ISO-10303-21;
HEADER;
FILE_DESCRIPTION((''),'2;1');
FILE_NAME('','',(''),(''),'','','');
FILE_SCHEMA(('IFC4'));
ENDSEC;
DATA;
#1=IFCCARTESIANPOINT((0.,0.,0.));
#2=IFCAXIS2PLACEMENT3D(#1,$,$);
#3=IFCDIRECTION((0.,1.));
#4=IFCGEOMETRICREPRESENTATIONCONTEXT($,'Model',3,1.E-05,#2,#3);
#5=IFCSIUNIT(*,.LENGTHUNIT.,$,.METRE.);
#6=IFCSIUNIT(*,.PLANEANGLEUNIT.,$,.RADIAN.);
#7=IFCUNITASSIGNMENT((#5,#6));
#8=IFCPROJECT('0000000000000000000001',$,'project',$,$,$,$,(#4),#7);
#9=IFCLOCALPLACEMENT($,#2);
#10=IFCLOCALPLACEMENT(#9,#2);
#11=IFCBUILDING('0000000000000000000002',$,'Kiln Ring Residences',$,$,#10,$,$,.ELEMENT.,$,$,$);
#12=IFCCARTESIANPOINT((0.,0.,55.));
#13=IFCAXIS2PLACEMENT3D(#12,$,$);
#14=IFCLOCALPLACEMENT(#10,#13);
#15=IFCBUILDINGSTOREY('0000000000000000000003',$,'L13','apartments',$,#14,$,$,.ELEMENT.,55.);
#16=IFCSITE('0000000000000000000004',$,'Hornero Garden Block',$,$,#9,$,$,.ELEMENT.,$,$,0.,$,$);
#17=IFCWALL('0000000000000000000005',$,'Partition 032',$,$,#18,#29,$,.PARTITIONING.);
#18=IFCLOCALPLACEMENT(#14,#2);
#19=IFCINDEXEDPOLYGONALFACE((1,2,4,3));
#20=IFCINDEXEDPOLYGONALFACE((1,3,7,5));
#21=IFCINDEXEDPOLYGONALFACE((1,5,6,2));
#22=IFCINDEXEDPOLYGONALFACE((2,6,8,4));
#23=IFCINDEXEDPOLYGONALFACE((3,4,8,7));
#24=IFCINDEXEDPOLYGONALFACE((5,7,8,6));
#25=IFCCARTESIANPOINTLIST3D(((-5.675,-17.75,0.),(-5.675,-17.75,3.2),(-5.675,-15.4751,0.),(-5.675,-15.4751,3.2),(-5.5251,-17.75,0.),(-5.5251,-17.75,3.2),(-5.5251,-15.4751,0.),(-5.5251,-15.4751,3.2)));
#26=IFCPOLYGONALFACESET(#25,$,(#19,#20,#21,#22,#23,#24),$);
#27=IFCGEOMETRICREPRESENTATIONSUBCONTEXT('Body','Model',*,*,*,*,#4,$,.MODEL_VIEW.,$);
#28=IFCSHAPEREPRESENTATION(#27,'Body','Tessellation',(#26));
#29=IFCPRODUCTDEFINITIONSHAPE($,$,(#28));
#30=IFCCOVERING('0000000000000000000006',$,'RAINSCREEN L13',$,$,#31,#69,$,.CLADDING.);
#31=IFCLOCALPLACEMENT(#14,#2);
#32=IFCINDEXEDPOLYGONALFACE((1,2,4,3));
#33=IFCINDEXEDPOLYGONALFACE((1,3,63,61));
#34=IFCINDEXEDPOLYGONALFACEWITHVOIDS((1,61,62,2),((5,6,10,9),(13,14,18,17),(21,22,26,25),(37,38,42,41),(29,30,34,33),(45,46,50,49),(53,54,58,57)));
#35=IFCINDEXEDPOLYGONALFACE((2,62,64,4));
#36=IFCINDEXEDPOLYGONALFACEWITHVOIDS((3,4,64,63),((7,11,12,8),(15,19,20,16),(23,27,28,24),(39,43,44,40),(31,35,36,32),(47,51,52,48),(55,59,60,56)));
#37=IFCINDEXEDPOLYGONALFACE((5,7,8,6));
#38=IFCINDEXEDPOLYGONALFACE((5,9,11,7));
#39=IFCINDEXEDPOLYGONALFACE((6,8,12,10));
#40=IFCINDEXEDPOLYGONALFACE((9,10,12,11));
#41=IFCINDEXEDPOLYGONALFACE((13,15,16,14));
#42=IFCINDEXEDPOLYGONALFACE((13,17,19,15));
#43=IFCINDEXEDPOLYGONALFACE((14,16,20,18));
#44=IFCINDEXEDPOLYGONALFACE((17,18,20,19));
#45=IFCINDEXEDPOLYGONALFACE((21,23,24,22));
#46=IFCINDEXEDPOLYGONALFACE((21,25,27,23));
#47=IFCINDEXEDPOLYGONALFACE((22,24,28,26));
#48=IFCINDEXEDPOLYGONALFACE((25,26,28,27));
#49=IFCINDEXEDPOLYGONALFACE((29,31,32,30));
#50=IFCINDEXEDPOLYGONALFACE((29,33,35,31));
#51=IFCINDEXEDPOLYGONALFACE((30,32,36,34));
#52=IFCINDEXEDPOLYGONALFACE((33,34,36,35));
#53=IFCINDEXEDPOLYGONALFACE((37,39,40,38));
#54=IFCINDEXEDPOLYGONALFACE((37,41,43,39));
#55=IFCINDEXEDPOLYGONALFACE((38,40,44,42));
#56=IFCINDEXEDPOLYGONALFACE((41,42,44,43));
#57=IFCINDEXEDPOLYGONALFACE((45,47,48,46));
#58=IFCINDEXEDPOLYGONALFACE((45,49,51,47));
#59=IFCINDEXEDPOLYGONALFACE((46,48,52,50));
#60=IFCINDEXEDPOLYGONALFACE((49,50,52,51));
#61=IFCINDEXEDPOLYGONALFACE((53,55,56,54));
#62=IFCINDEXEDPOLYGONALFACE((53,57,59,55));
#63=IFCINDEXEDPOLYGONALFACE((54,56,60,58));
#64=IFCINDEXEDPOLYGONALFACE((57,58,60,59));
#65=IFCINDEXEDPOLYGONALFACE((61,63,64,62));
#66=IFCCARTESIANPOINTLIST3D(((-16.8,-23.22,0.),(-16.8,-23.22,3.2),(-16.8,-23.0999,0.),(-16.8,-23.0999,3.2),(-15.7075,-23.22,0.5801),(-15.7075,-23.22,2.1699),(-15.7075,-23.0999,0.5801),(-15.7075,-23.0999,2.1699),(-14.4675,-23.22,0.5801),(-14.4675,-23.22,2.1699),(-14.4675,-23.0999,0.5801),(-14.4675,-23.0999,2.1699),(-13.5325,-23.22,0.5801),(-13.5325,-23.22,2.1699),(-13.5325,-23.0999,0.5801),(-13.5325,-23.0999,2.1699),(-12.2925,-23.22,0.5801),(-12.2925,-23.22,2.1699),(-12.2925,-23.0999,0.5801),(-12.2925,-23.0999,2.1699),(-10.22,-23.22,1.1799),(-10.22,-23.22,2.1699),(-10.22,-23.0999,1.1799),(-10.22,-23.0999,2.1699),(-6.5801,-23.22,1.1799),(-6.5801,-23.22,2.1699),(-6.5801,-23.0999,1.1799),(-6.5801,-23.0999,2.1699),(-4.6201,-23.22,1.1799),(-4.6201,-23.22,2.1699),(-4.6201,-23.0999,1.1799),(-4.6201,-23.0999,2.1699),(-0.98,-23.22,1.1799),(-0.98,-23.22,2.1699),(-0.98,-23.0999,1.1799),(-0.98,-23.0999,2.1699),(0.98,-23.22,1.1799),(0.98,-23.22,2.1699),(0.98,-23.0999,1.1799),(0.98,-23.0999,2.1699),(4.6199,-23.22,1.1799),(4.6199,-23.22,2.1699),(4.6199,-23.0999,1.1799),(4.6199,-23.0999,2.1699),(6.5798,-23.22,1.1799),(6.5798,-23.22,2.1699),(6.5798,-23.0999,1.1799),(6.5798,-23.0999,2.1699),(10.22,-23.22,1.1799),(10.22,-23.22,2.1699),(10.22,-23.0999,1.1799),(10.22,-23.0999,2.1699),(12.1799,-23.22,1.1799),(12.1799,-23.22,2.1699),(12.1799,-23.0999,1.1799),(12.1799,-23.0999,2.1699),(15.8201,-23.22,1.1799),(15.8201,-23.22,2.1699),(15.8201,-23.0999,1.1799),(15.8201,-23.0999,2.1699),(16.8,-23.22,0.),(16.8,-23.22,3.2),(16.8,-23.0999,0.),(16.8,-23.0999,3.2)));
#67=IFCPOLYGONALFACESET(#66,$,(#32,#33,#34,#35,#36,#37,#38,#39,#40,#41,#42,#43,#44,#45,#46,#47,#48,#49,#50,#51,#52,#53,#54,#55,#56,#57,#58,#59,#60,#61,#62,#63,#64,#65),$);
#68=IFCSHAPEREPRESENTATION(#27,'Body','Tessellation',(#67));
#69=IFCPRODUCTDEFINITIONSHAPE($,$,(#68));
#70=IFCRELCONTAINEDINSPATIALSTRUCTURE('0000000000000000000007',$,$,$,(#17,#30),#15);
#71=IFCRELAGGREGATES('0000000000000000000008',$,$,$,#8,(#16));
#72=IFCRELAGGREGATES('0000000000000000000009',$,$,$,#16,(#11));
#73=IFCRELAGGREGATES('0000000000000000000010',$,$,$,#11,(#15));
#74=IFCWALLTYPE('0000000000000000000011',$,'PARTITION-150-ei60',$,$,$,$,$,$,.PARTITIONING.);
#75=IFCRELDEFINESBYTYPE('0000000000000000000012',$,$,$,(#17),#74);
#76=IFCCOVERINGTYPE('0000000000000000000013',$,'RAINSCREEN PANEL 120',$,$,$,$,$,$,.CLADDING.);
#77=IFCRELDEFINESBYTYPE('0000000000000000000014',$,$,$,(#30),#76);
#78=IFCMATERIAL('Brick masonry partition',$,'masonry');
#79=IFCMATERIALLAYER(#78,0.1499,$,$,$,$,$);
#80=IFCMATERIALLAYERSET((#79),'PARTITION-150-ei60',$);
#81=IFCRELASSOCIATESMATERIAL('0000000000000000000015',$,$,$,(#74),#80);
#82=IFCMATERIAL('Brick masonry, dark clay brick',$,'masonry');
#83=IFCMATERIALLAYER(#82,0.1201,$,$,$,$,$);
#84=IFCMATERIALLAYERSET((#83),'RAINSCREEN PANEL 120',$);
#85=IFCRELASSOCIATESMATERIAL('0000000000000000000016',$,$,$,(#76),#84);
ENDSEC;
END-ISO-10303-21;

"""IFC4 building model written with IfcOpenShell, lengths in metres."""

from ifc_helpers import new_model, si_unit, direction, frame, frame_2d, origin, place, context, subcontext, project, spatial, polyline, rectangle, outline, extrude, material, layer, layer_set, type_object, element, save


model = new_model("IFC4")

# Units and contexts
model_context = context("Model", 3, precision=1e-05, world=origin(), true_north=direction((0.0, 1.0)))
body_context = subcontext(model_context, "Body", "Model", "MODEL_VIEW")
ifc_project = project(units=[si_unit("LENGTHUNIT", "METRE"), si_unit("PLANEANGLEUNIT", "RADIAN")], contexts=[model_context])

# Site, building, storey
site_placement = place(None, origin())
site = spatial("IfcSite", under=ifc_project, at=site_placement, Name="Hornero Garden Block", CompositionType="ELEMENT", RefElevation=0.0)
building_placement = place(site_placement, origin())
building = spatial("IfcBuilding", under=site, at=building_placement, Name="Kiln Ring Residences", CompositionType="ELEMENT")
storey_placement = place(building_placement, frame((0.0, 0.0, 55.0)))
storey = spatial("IfcBuildingStorey", under=building, at=storey_placement, Name="L13", Description="apartments", CompositionType="ELEMENT", Elevation=55.0)

# Wall
ifc_material_1 = material(Name="Brick masonry partition", Category="masonry")
ifc_layer_1 = layer(ifc_material_1, 0.1499)
ifc_layer_set_1 = layer_set([ifc_layer_1], Name="PARTITION-150-ei60")
wall_type_1 = type_object("IfcWallType", Name="PARTITION-150-ei60", PredefinedType="PARTITIONING", material=ifc_layer_set_1)
wall_1_placement = place(storey_placement, frame((-5.6001, -17.75, 0.0), z_axis=(0.0, 0.0, 1.0), x_axis=(0.0, 1.0, 0.0)))
element("IfcWall", 1, at=wall_1_placement, inside=storey, type_object=wall_type_1, Name="Partition 032", PredefinedType="PARTITIONING", context=body_context, shape_type="SweptSolid", body=[
    extrude(rectangle(XDim=2.2749, YDim=0.1499, at=frame_2d((1.1375, 0.0))), origin(), (0.0, 0.0, 1.0), 3.2),
])

# Covering
ifc_material_2 = material(Name="Brick masonry, dark clay brick", Category="masonry")
ifc_layer_2 = layer(ifc_material_2, 0.1201)
ifc_layer_set_2 = layer_set([ifc_layer_2], Name="RAINSCREEN PANEL 120")
covering_type = type_object("IfcCoveringType", Name="RAINSCREEN PANEL 120", PredefinedType="CLADDING", material=ifc_layer_set_2)
covering_placement = place(storey_placement, frame((-16.8, -23.1599, 0.0), z_axis=(0.0, 0.0, 1.0), x_axis=(1.0, 0.0, 0.0)))
element("IfcCovering", 2, at=covering_placement, inside=storey, type_object=covering_type, Name="RAINSCREEN L13", PredefinedType="CLADDING", context=body_context, shape_type="SweptSolid", body=[
    extrude(outline(polyline([(0.0, 0.0), (33.6001, 0.0), (33.6001, 3.2), (0.0, 3.2), (0.0, 0.0)]), holes=[polyline([(2.3325, 0.5801), (2.3325, 2.1699), (1.0925, 2.1699), (1.0925, 0.5801), (2.3325, 0.5801)]), polyline([(3.2676, 0.5801), (4.5076, 0.5801), (4.5076, 2.1699), (3.2676, 2.1699), (3.2676, 0.5801)]), polyline([(6.5801, 1.1799), (10.22, 1.1799), (10.22, 2.1699), (6.5801, 2.1699), (6.5801, 1.1799)]), polyline([(12.1799, 1.1799), (15.8201, 1.1799), (15.8201, 2.1699), (12.1799, 2.1699), (12.1799, 1.1799)]), polyline([(17.78, 1.1799), (21.4199, 1.1799), (21.4199, 2.1699), (17.78, 2.1699), (17.78, 1.1799)]), polyline([(23.3799, 1.1799), (27.02, 1.1799), (27.02, 2.1699), (23.3799, 2.1699), (23.3799, 1.1799)]), polyline([(28.98, 1.1799), (32.6201, 1.1799), (32.6201, 2.1699), (28.98, 2.1699), (28.98, 1.1799)])]), frame((0.0, 0.0601, 0.0), z_axis=(0.0, -1.0, 0.0), x_axis=(1.0, 0.0, 0.0)), (0.0, 0.0, 1.0), 0.1201),
])

save(model, "model.ifc")
